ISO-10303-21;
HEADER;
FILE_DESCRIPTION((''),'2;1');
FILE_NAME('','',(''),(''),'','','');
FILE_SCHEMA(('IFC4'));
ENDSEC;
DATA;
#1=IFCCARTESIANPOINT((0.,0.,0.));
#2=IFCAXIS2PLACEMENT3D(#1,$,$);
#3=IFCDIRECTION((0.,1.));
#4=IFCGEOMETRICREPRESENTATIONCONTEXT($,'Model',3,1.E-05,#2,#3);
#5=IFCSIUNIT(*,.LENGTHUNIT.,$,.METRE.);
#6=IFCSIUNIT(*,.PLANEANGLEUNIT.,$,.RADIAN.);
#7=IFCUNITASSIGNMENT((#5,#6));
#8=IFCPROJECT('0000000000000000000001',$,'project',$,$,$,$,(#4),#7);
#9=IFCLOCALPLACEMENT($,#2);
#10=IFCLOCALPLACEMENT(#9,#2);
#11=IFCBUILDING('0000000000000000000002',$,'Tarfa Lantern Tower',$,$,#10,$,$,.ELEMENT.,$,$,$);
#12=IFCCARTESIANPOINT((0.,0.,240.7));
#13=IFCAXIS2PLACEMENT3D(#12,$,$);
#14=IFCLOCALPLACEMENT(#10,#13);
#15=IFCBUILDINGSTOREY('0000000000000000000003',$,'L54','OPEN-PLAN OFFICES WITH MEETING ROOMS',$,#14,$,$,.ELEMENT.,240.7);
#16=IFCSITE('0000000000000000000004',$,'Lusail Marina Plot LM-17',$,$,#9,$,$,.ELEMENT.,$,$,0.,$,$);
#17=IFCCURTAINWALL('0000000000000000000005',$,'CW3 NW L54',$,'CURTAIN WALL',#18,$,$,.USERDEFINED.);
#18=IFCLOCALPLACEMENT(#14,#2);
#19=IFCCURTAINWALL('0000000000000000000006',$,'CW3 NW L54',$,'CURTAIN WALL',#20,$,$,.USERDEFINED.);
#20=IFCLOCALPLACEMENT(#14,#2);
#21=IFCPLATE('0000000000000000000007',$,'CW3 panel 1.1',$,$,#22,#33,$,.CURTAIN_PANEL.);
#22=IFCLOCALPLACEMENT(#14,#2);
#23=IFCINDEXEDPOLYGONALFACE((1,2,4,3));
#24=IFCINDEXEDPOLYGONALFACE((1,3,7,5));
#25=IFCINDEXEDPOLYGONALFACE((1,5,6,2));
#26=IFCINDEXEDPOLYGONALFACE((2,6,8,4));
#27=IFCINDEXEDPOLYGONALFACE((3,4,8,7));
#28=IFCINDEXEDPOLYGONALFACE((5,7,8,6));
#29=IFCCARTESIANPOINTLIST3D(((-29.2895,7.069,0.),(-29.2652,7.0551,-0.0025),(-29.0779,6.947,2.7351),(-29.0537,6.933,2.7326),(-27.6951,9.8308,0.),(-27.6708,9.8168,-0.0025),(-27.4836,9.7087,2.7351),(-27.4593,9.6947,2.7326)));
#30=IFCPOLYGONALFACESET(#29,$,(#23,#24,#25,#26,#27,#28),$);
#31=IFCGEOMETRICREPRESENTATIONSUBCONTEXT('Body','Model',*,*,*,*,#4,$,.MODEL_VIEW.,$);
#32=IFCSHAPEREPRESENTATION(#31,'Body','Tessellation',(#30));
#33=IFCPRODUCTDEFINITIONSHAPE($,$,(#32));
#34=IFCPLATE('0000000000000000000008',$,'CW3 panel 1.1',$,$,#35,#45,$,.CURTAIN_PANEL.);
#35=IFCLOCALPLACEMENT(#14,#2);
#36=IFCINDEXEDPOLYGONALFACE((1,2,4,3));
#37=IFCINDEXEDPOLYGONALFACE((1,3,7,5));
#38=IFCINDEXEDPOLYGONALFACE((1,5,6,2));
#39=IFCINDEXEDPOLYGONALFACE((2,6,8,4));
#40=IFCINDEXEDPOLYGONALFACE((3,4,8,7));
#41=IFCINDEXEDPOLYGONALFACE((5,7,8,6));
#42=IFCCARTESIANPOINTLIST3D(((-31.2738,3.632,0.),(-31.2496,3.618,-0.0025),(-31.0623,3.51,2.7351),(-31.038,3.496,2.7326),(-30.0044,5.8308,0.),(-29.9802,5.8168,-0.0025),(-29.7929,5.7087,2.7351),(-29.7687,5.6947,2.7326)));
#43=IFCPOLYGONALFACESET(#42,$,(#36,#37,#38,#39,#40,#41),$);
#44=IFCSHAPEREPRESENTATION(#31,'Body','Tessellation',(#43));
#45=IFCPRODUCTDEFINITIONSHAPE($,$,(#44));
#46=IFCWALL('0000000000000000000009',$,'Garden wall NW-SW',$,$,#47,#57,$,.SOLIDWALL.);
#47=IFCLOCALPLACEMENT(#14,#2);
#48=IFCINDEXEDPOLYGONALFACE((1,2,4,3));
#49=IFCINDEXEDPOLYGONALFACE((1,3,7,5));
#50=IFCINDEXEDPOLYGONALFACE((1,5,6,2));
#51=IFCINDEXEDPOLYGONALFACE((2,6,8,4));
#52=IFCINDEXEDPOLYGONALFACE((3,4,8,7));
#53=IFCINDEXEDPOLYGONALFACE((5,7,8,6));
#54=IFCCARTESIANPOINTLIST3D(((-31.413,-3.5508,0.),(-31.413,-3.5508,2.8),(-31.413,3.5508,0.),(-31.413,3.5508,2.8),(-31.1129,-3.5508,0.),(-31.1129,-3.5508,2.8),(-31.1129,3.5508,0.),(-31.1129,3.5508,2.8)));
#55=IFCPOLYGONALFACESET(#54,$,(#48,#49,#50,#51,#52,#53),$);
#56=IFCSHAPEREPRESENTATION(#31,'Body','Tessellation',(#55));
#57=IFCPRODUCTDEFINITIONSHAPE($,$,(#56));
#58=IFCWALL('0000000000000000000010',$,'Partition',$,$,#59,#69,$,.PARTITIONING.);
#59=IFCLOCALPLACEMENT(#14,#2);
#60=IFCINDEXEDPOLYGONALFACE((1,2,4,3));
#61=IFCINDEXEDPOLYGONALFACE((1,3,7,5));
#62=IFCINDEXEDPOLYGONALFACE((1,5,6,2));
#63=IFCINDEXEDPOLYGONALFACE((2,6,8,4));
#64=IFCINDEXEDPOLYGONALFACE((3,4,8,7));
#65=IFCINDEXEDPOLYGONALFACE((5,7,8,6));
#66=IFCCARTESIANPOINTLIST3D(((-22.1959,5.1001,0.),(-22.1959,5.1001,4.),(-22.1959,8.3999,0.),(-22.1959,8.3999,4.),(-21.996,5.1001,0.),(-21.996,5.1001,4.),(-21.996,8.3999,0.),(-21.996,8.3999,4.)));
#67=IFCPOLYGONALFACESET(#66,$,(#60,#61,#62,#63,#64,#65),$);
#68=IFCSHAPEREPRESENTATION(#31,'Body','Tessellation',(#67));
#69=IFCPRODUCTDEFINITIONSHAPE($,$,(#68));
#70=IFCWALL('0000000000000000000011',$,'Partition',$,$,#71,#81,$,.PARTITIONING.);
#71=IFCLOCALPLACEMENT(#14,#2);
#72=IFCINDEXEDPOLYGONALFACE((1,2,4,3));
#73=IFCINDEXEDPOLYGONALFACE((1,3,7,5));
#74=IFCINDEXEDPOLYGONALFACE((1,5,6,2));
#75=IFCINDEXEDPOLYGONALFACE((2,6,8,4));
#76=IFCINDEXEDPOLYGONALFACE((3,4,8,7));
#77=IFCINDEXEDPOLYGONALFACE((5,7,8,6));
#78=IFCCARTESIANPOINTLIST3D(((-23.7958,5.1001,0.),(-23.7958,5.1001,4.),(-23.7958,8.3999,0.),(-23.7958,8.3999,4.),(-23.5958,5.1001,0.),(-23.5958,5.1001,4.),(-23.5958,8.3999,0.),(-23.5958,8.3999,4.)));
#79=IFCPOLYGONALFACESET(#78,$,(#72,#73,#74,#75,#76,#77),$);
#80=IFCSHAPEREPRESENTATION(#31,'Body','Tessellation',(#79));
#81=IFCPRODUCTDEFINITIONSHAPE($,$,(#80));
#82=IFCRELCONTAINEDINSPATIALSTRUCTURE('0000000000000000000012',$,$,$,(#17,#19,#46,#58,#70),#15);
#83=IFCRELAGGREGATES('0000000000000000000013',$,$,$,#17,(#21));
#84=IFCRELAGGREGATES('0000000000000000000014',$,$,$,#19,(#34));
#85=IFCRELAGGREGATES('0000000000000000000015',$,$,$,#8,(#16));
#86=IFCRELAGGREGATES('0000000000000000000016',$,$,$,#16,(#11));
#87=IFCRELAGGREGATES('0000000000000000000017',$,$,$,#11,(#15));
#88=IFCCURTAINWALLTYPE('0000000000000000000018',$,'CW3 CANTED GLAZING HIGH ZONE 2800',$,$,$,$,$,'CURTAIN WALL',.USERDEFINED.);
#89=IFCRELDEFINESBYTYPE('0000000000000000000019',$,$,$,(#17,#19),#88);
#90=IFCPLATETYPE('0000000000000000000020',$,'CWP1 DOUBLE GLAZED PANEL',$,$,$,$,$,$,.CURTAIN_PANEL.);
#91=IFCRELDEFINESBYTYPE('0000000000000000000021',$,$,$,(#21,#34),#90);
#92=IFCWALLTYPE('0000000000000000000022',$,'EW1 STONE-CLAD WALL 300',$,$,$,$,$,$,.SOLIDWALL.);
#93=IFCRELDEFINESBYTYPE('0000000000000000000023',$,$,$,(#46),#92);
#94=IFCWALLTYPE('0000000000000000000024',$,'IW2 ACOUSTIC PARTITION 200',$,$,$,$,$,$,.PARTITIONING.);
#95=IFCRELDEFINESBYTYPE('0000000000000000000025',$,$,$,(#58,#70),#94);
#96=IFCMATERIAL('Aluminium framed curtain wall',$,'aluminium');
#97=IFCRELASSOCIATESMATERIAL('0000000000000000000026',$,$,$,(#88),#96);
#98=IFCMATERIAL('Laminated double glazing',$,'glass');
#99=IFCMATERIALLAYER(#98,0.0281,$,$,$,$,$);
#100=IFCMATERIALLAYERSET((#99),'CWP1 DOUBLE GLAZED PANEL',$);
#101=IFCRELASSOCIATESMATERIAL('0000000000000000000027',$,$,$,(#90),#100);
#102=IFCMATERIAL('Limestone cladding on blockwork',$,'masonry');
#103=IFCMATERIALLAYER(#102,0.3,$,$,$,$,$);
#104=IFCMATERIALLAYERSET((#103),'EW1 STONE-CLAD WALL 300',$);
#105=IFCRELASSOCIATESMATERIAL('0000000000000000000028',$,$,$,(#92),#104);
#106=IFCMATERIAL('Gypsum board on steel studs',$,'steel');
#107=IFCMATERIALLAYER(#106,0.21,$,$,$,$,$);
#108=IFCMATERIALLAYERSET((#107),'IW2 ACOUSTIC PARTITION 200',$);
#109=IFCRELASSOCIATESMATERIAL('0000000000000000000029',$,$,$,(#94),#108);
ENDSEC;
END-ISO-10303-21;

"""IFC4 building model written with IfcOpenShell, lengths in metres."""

from ifc_helpers import new_model, si_unit, direction, frame, frame_2d, origin, place, context, subcontext, project, spatial, polyline, rectangle, outline, extrude, material, layer, layer_set, type_object, element, aggregate, save


model = new_model("IFC4")

# Units and contexts
model_context = context("Model", 3, precision=1e-05, world=origin(), true_north=direction((0.0, 1.0)))
body_context = subcontext(model_context, "Body", "Model", "MODEL_VIEW")
ifc_project = project(units=[si_unit("LENGTHUNIT", "METRE"), si_unit("PLANEANGLEUNIT", "RADIAN")], contexts=[model_context])

# Site, building, storey
site_placement = place(None, origin())
site = spatial("IfcSite", under=ifc_project, at=site_placement, Name="Lusail Marina Plot LM-17", CompositionType="ELEMENT", RefElevation=0.0)
building_placement = place(site_placement, origin())
building = spatial("IfcBuilding", under=site, at=building_placement, Name="Tarfa Lantern Tower", CompositionType="ELEMENT")
storey_placement = place(building_placement, frame((0.0, 0.0, 240.7)))
storey = spatial("IfcBuildingStorey", under=building, at=storey_placement, Name="L54", Description="OPEN-PLAN OFFICES WITH MEETING ROOMS", CompositionType="ELEMENT", Elevation=240.7)

# Shared definitions
ifc_material_1 = material(Name="Aluminium framed curtain wall", Category="aluminium")
curtain_wall_type = type_object("IfcCurtainWallType", Name="CW3 CANTED GLAZING HIGH ZONE 2800", ElementType="CURTAIN WALL", PredefinedType="USERDEFINED", material=ifc_material_1)

# Curtain walls
curtain_wall_1_placement = place(storey_placement, origin())
curtain_wall_1 = element("IfcCurtainWall", 1, at=curtain_wall_1_placement, inside=storey, type_object=curtain_wall_type, Name="CW3 NW L54", ObjectType="CURTAIN WALL", PredefinedType="USERDEFINED")
curtain_wall_2_placement = place(storey_placement, origin())
curtain_wall_2 = element("IfcCurtainWall", 2, at=curtain_wall_2_placement, inside=storey, type_object=curtain_wall_type, Name="CW3 NW L54", ObjectType="CURTAIN WALL", PredefinedType="USERDEFINED")

# Plates
ifc_material_2 = material(Name="Laminated double glazing", Category="glass")
ifc_layer_1 = layer(ifc_material_2, 0.0281)
ifc_layer_set_1 = layer_set([ifc_layer_1], Name="CWP1 DOUBLE GLAZED PANEL")
plate_type = type_object("IfcPlateType", Name="CWP1 DOUBLE GLAZED PANEL", PredefinedType="CURTAIN_PANEL", material=ifc_layer_set_1)
plate_1_placement = place(storey_placement, frame((-27.6951, 9.8308, 0.0), z_axis=(-0.862609, 0.49799, 0.088945), x_axis=(-0.499972, -0.866041, -0.000003)))
plate_1 = element("IfcPlate", 3, at=plate_1_placement, type_object=plate_type, Name="CW3 panel 1.1", PredefinedType="CURTAIN_PANEL", context=body_context, shape_type="SweptSolid", body=[
    extrude(outline(polyline([(0.0, 0.0), (3.189, 0.0), (3.1888, 2.746), (0.0, 2.746), (0.0, 0.0)])), origin(), (0.0, 0.0, -1.0), 0.0281),
])
aggregate(curtain_wall_1, [plate_1])
plate_2_placement = place(storey_placement, frame((-30.0044, 5.8308, 0.0), z_axis=(-0.862598, 0.49801, 0.088945), x_axis=(-0.499992, -0.86603, -0.000004)))
plate_2 = element("IfcPlate", 4, at=plate_2_placement, type_object=plate_type, Name="CW3 panel 1.1", PredefinedType="CURTAIN_PANEL", context=body_context, shape_type="SweptSolid", body=[
    extrude(outline(polyline([(0.0, 0.0), (2.5389, 0.0), (2.5388, 2.746), (0.0, 2.746), (0.0, 0.0)])), origin(), (0.0, 0.0, -1.0), 0.0281),
])
aggregate(curtain_wall_2, [plate_2])

# Walls
ifc_material_3 = material(Name="Limestone cladding on blockwork", Category="masonry")
ifc_layer_2 = layer(ifc_material_3, 0.3)
ifc_layer_set_2 = layer_set([ifc_layer_2], Name="EW1 STONE-CLAD WALL 300")
wall_type_1 = type_object("IfcWallType", Name="EW1 STONE-CLAD WALL 300", PredefinedType="SOLIDWALL", material=ifc_layer_set_2)
wall_placement = place(storey_placement, frame((-31.2629, 3.5508, 0.0), z_axis=(0.0, 0.0, 1.0), x_axis=(0.0, -1.0, 0.0)))
element("IfcWall", 5, at=wall_placement, inside=storey, type_object=wall_type_1, Name="Garden wall NW-SW", PredefinedType="SOLIDWALL", context=body_context, shape_type="SweptSolid", body=[
    extrude(rectangle(XDim=7.1016, YDim=0.3, at=frame_2d((3.5508, 0.0))), origin(), (0.0, 0.0, 1.0), 2.8),
])
ifc_material_4 = material(Name="Gypsum board on steel studs", Category="steel")
ifc_layer_3 = layer(ifc_material_4, 0.21)
ifc_layer_set_3 = layer_set([ifc_layer_3], Name="IW2 ACOUSTIC PARTITION 200")
wall_type_2 = type_object("IfcWallType", Name="IW2 ACOUSTIC PARTITION 200", PredefinedType="PARTITIONING", material=ifc_layer_set_3)
for number, where, z_axis, x_axis, name in (
    (6, (-22.0959, 5.1001, 0.0), (0.0, 0.0, 1.0), (0.0, 1.0, 0.0), "Partition"),
    (7, (-23.6958, 5.1001, 0.0), (0.0, 0.0, 1.0), (0.0, 1.0, 0.0), "Partition"),
):
    element("IfcWall", number, at=place(storey_placement, frame(where, z_axis=z_axis, x_axis=x_axis)), inside=storey, type_object=wall_type_2, Name=name, PredefinedType="PARTITIONING", context=body_context, shape_type="SweptSolid", body=[
        extrude(rectangle(XDim=3.2998, YDim=0.2, at=frame_2d((1.6499, 0.0))), origin(), (0.0, 0.0, 1.0), 4.0),
    ])

save(model, "model.ifc")
